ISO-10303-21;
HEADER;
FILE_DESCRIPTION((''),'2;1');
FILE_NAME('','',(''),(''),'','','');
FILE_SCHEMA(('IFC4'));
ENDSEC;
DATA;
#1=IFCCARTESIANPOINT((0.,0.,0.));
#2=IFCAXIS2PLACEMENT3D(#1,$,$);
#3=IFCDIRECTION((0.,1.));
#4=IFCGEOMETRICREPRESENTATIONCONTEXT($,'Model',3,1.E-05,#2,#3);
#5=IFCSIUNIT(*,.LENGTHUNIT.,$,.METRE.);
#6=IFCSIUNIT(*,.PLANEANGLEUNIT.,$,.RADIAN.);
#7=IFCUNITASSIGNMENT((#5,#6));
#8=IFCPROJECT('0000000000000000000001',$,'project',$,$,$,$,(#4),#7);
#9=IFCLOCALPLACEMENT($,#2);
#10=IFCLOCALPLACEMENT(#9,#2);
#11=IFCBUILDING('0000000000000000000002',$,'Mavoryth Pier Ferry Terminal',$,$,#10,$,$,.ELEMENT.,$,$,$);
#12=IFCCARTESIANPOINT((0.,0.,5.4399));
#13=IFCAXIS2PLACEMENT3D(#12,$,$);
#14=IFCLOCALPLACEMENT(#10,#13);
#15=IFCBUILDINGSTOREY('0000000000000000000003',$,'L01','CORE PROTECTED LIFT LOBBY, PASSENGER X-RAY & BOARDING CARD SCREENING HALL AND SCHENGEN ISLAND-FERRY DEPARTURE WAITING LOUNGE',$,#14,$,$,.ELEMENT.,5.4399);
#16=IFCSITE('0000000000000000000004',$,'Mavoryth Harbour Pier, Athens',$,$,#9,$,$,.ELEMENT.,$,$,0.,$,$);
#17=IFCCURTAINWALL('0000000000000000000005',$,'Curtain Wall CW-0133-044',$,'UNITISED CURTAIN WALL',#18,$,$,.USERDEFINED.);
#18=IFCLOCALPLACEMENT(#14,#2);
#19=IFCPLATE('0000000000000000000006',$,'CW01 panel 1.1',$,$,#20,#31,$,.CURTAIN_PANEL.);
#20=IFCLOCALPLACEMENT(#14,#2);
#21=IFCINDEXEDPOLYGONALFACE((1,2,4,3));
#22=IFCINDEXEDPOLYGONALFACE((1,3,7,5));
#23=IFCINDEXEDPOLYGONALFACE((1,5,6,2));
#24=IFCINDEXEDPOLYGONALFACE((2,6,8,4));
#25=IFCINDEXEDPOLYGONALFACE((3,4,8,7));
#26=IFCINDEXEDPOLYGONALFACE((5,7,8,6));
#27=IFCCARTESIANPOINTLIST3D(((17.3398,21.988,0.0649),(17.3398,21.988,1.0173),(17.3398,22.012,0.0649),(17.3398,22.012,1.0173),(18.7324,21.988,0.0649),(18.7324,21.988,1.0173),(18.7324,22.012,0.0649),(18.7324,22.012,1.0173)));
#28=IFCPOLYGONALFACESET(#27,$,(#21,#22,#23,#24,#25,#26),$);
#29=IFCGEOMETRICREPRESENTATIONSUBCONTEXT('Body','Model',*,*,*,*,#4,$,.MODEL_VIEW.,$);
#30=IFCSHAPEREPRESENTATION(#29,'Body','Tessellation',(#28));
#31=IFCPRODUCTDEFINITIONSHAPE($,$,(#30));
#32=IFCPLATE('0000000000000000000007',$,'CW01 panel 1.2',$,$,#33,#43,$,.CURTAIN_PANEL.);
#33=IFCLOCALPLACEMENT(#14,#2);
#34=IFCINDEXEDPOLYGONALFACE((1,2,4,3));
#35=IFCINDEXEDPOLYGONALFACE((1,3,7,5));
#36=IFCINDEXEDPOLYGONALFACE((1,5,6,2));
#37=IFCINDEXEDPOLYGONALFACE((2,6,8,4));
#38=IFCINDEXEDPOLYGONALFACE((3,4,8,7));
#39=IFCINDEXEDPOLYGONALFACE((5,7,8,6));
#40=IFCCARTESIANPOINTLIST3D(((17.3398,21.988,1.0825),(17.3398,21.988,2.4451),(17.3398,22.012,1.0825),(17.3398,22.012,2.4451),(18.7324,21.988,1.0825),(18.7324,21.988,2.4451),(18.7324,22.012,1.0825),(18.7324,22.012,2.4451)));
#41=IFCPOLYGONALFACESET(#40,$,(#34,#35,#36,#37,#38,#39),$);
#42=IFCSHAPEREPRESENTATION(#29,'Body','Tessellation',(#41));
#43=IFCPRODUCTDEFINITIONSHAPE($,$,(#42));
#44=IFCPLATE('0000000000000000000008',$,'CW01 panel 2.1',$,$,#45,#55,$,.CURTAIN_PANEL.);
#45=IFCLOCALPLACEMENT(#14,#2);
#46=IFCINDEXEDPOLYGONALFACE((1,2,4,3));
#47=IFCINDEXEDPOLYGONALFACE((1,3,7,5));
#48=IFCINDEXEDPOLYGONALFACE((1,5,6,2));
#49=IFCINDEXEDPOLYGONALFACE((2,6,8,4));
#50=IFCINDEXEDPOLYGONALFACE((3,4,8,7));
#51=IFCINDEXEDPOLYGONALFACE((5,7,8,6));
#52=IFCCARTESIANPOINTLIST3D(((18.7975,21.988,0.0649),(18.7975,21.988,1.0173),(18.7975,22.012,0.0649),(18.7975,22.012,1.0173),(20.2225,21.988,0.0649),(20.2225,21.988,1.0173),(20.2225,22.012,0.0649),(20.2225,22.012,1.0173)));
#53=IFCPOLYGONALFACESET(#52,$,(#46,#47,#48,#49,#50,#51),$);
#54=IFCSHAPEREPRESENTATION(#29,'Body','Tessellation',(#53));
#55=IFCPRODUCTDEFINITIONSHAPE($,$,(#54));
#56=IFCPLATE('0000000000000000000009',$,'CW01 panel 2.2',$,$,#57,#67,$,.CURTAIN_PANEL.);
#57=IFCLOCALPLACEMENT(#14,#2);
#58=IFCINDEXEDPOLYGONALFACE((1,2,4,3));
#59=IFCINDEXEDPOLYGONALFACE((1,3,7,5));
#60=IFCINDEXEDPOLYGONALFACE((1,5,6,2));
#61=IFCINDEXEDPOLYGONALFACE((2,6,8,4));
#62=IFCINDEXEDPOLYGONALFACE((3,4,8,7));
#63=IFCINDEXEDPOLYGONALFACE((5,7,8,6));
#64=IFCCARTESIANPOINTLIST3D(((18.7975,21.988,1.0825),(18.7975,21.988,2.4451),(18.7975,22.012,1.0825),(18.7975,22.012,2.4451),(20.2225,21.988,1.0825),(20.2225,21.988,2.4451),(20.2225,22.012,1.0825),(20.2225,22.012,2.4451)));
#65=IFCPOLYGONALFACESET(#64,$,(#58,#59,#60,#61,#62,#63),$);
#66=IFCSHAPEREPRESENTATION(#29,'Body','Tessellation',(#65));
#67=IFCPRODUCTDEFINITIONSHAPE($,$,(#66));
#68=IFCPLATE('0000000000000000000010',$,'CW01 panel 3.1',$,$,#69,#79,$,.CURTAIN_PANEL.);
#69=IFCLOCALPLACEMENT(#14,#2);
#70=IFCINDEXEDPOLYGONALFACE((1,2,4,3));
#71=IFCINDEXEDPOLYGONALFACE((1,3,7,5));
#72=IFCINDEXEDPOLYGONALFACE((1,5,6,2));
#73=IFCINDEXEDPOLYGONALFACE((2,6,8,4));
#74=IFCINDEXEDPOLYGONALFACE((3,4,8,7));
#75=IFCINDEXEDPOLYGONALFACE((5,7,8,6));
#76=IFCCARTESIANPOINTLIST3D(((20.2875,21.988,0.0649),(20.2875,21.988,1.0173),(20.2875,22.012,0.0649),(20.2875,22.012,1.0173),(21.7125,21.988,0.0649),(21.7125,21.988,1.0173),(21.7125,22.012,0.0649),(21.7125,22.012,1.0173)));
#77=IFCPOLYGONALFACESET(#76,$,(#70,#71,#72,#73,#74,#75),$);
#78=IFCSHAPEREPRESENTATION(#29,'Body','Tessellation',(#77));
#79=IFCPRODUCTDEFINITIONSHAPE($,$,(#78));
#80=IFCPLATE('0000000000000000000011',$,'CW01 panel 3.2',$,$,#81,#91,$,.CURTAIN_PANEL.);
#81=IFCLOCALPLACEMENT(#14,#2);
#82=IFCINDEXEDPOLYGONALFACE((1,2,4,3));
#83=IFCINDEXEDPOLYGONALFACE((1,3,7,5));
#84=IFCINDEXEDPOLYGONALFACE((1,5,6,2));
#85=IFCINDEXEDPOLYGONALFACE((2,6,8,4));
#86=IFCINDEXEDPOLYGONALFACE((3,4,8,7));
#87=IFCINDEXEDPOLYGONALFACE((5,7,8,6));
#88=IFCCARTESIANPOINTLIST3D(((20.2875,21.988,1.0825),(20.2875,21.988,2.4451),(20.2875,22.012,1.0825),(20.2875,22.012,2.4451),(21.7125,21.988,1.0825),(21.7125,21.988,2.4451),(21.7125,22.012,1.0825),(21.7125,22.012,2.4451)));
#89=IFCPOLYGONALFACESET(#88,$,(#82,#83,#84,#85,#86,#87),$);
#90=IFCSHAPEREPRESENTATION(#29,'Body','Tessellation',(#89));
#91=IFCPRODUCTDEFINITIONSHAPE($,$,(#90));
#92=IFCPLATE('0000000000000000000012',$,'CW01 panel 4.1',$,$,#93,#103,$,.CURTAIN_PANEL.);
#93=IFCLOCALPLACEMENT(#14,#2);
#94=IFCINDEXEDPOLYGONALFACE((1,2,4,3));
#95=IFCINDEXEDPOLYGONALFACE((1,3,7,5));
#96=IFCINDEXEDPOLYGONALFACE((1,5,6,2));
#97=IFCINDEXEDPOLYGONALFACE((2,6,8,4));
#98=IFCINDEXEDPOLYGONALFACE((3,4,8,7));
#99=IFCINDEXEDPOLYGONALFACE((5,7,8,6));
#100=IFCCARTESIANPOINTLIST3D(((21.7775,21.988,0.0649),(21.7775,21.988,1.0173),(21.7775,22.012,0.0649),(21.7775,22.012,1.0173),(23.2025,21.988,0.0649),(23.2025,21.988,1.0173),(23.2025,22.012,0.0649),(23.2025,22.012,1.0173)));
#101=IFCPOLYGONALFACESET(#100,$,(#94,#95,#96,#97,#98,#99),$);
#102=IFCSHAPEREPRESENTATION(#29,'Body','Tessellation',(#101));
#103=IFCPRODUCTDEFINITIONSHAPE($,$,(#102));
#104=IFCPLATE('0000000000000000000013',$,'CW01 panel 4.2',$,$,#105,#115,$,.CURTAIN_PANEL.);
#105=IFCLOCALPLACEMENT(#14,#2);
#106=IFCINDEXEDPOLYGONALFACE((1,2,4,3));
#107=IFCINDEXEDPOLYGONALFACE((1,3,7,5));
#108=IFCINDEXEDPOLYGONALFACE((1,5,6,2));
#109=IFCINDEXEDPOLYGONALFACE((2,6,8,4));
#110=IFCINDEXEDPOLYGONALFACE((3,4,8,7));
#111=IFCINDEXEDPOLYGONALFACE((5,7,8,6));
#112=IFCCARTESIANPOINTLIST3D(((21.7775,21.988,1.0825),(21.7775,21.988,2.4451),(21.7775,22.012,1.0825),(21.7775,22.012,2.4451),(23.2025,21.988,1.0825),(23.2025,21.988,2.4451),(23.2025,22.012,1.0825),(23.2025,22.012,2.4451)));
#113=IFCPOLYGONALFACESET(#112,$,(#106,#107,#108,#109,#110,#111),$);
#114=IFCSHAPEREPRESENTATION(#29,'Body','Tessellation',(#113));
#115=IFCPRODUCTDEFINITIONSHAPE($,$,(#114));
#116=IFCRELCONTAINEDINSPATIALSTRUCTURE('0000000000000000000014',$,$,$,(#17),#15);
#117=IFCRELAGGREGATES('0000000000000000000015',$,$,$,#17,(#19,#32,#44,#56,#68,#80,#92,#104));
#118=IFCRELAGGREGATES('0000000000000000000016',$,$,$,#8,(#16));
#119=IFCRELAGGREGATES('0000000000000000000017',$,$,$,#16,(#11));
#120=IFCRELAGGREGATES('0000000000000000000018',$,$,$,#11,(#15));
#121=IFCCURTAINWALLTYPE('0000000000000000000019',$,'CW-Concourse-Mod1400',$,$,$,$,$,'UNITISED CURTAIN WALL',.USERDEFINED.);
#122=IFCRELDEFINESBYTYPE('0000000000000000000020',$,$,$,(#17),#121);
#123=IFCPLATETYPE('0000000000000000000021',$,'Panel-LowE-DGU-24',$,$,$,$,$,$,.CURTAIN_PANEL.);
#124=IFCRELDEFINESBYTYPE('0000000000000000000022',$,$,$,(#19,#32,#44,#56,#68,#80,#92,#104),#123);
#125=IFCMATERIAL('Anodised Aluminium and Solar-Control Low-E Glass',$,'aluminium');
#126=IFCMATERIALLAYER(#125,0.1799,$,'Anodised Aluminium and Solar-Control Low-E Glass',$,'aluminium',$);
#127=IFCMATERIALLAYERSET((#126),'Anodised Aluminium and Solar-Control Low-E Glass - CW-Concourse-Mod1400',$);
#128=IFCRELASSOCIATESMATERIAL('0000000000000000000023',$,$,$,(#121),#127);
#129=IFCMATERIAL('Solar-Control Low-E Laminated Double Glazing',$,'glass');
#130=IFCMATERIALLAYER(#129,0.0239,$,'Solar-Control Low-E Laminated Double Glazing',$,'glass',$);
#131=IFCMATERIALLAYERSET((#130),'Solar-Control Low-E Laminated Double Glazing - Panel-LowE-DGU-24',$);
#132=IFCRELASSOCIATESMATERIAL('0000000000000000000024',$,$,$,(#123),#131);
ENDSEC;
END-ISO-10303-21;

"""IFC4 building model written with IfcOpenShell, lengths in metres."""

from ifc_helpers import new_model, si_unit, direction, frame, origin, origin_2d, place, context, subcontext, project, spatial, rectangle, extrude, material, layer, layer_set, type_object, element, aggregate, save


model = new_model("IFC4")

# Units and contexts
model_context = context("Model", 3, precision=1e-05, world=origin(), true_north=direction((0.0, 1.0)))
body_context = subcontext(model_context, "Body", "Model", "MODEL_VIEW")
ifc_project = project(units=[si_unit("LENGTHUNIT", "METRE"), si_unit("PLANEANGLEUNIT", "RADIAN")], contexts=[model_context])

# Site, building, storey
site_placement = place(None, origin())
site = spatial("IfcSite", under=ifc_project, at=site_placement, Name="Mavoryth Harbour Pier, Athens", CompositionType="ELEMENT", RefElevation=0.0)
building_placement = place(site_placement, origin())
building = spatial("IfcBuilding", under=site, at=building_placement, Name="Mavoryth Pier Ferry Terminal", CompositionType="ELEMENT")
storey_placement = place(building_placement, frame((0.0, 0.0, 5.4399)))
storey = spatial("IfcBuildingStorey", under=building, at=storey_placement, Name="L01", Description="CORE PROTECTED LIFT LOBBY, PASSENGER X-RAY & BOARDING CARD SCREENING HALL AND SCHENGEN ISLAND-FERRY DEPARTURE WAITING LOUNGE", CompositionType="ELEMENT", Elevation=5.4399)

# Curtain wall
ifc_material_1 = material(Name="Anodised Aluminium and Solar-Control Low-E Glass", Category="aluminium")
ifc_layer_1 = layer(ifc_material_1, 0.1799, Name="Anodised Aluminium and Solar-Control Low-E Glass", Category="aluminium")
ifc_layer_set_1 = layer_set([ifc_layer_1], Name="Anodised Aluminium and Solar-Control Low-E Glass - CW-Concourse-Mod1400")
curtain_wall_type = type_object("IfcCurtainWallType", Name="CW-Concourse-Mod1400", ElementType="UNITISED CURTAIN WALL", PredefinedType="USERDEFINED", material=ifc_layer_set_1)
curtain_wall_1_placement = place(storey_placement, origin())
curtain_wall_1 = element("IfcCurtainWall", 1, at=curtain_wall_1_placement, inside=storey, type_object=curtain_wall_type, Name="Curtain Wall CW-0133-044", ObjectType="UNITISED CURTAIN WALL", PredefinedType="USERDEFINED")

# Plates
ifc_material_2 = material(Name="Solar-Control Low-E Laminated Double Glazing", Category="glass")
ifc_layer_2 = layer(ifc_material_2, 0.0239, Name="Solar-Control Low-E Laminated Double Glazing", Category="glass")
ifc_layer_set_2 = layer_set([ifc_layer_2], Name="Solar-Control Low-E Laminated Double Glazing - Panel-LowE-DGU-24")
plate_type = type_object("IfcPlateType", Name="Panel-LowE-DGU-24", PredefinedType="CURTAIN_PANEL", material=ifc_layer_set_2)
plate_1_placement = place(storey_placement, frame((18.0361, 22.0, 0.0649), z_axis=(0.0, 0.0, 1.0), x_axis=(1.0, 0.0, 0.0)))
plate_1 = element("IfcPlate", 2, at=plate_1_placement, type_object=plate_type, Name="CW01 panel 1.1", PredefinedType="CURTAIN_PANEL", context=body_context, shape_type="SweptSolid", body=[
    extrude(rectangle(XDim=1.3926, YDim=0.0239, at=origin_2d()), origin(), (0.0, 0.0, 1.0), 0.9524),
])
plate_2_placement = place(storey_placement, frame((18.0361, 22.0, 1.0825), z_axis=(0.0, 0.0, 1.0), x_axis=(1.0, 0.0, 0.0)))
plate_2 = element("IfcPlate", 3, at=plate_2_placement, type_object=plate_type, Name="CW01 panel 1.2", PredefinedType="CURTAIN_PANEL", context=body_context, shape_type="SweptSolid", body=[
    extrude(rectangle(XDim=1.3926, YDim=0.0239, at=origin_2d()), origin(), (0.0, 0.0, 1.0), 1.3625),
])
plate_3_placement = place(storey_placement, frame((19.51, 22.0, 0.0649), z_axis=(0.0, 0.0, 1.0), x_axis=(1.0, 0.0, 0.0)))
plate_3 = element("IfcPlate", 4, at=plate_3_placement, type_object=plate_type, Name="CW01 panel 2.1", PredefinedType="CURTAIN_PANEL", context=body_context, shape_type="SweptSolid", body=[
    extrude(rectangle(XDim=1.425, YDim=0.0239, at=origin_2d()), origin(), (0.0, 0.0, 1.0), 0.9524),
])
plate_4_placement = place(storey_placement, frame((19.51, 22.0, 1.0825), z_axis=(0.0, 0.0, 1.0), x_axis=(1.0, 0.0, 0.0)))
plate_4 = element("IfcPlate", 5, at=plate_4_placement, type_object=plate_type, Name="CW01 panel 2.2", PredefinedType="CURTAIN_PANEL", context=body_context, shape_type="SweptSolid", body=[
    extrude(rectangle(XDim=1.425, YDim=0.0239, at=origin_2d()), origin(), (0.0, 0.0, 1.0), 1.3625),
])
plate_5_placement = place(storey_placement, frame((21.0, 22.0, 0.0649), z_axis=(0.0, 0.0, 1.0), x_axis=(1.0, 0.0, 0.0)))
plate_5 = element("IfcPlate", 6, at=plate_5_placement, type_object=plate_type, Name="CW01 panel 3.1", PredefinedType="CURTAIN_PANEL", context=body_context, shape_type="SweptSolid", body=[
    extrude(rectangle(XDim=1.425, YDim=0.0239, at=origin_2d()), origin(), (0.0, 0.0, 1.0), 0.9524),
])
plate_6_placement = place(storey_placement, frame((21.0, 22.0, 1.0825), z_axis=(0.0, 0.0, 1.0), x_axis=(1.0, 0.0, 0.0)))
plate_6 = element("IfcPlate", 7, at=plate_6_placement, type_object=plate_type, Name="CW01 panel 3.2", PredefinedType="CURTAIN_PANEL", context=body_context, shape_type="SweptSolid", body=[
    extrude(rectangle(XDim=1.425, YDim=0.0239, at=origin_2d()), origin(), (0.0, 0.0, 1.0), 1.3625),
])
plate_7_placement = place(storey_placement, frame((22.49, 22.0, 0.0649), z_axis=(0.0, 0.0, 1.0), x_axis=(1.0, 0.0, 0.0)))
plate_7 = element("IfcPlate", 8, at=plate_7_placement, type_object=plate_type, Name="CW01 panel 4.1", PredefinedType="CURTAIN_PANEL", context=body_context, shape_type="SweptSolid", body=[
    extrude(rectangle(XDim=1.425, YDim=0.0239, at=origin_2d()), origin(), (0.0, 0.0, 1.0), 0.9524),
])
plate_8_placement = place(storey_placement, frame((22.49, 22.0, 1.0825), z_axis=(0.0, 0.0, 1.0), x_axis=(1.0, 0.0, 0.0)))
plate_8 = element("IfcPlate", 9, at=plate_8_placement, type_object=plate_type, Name="CW01 panel 4.2", PredefinedType="CURTAIN_PANEL", context=body_context, shape_type="SweptSolid", body=[
    extrude(rectangle(XDim=1.425, YDim=0.0239, at=origin_2d()), origin(), (0.0, 0.0, 1.0), 1.3625),
])
aggregate(curtain_wall_1, [plate_1, plate_2, plate_3, plate_4, plate_5, plate_6, plate_7, plate_8])

save(model, "model.ifc")
